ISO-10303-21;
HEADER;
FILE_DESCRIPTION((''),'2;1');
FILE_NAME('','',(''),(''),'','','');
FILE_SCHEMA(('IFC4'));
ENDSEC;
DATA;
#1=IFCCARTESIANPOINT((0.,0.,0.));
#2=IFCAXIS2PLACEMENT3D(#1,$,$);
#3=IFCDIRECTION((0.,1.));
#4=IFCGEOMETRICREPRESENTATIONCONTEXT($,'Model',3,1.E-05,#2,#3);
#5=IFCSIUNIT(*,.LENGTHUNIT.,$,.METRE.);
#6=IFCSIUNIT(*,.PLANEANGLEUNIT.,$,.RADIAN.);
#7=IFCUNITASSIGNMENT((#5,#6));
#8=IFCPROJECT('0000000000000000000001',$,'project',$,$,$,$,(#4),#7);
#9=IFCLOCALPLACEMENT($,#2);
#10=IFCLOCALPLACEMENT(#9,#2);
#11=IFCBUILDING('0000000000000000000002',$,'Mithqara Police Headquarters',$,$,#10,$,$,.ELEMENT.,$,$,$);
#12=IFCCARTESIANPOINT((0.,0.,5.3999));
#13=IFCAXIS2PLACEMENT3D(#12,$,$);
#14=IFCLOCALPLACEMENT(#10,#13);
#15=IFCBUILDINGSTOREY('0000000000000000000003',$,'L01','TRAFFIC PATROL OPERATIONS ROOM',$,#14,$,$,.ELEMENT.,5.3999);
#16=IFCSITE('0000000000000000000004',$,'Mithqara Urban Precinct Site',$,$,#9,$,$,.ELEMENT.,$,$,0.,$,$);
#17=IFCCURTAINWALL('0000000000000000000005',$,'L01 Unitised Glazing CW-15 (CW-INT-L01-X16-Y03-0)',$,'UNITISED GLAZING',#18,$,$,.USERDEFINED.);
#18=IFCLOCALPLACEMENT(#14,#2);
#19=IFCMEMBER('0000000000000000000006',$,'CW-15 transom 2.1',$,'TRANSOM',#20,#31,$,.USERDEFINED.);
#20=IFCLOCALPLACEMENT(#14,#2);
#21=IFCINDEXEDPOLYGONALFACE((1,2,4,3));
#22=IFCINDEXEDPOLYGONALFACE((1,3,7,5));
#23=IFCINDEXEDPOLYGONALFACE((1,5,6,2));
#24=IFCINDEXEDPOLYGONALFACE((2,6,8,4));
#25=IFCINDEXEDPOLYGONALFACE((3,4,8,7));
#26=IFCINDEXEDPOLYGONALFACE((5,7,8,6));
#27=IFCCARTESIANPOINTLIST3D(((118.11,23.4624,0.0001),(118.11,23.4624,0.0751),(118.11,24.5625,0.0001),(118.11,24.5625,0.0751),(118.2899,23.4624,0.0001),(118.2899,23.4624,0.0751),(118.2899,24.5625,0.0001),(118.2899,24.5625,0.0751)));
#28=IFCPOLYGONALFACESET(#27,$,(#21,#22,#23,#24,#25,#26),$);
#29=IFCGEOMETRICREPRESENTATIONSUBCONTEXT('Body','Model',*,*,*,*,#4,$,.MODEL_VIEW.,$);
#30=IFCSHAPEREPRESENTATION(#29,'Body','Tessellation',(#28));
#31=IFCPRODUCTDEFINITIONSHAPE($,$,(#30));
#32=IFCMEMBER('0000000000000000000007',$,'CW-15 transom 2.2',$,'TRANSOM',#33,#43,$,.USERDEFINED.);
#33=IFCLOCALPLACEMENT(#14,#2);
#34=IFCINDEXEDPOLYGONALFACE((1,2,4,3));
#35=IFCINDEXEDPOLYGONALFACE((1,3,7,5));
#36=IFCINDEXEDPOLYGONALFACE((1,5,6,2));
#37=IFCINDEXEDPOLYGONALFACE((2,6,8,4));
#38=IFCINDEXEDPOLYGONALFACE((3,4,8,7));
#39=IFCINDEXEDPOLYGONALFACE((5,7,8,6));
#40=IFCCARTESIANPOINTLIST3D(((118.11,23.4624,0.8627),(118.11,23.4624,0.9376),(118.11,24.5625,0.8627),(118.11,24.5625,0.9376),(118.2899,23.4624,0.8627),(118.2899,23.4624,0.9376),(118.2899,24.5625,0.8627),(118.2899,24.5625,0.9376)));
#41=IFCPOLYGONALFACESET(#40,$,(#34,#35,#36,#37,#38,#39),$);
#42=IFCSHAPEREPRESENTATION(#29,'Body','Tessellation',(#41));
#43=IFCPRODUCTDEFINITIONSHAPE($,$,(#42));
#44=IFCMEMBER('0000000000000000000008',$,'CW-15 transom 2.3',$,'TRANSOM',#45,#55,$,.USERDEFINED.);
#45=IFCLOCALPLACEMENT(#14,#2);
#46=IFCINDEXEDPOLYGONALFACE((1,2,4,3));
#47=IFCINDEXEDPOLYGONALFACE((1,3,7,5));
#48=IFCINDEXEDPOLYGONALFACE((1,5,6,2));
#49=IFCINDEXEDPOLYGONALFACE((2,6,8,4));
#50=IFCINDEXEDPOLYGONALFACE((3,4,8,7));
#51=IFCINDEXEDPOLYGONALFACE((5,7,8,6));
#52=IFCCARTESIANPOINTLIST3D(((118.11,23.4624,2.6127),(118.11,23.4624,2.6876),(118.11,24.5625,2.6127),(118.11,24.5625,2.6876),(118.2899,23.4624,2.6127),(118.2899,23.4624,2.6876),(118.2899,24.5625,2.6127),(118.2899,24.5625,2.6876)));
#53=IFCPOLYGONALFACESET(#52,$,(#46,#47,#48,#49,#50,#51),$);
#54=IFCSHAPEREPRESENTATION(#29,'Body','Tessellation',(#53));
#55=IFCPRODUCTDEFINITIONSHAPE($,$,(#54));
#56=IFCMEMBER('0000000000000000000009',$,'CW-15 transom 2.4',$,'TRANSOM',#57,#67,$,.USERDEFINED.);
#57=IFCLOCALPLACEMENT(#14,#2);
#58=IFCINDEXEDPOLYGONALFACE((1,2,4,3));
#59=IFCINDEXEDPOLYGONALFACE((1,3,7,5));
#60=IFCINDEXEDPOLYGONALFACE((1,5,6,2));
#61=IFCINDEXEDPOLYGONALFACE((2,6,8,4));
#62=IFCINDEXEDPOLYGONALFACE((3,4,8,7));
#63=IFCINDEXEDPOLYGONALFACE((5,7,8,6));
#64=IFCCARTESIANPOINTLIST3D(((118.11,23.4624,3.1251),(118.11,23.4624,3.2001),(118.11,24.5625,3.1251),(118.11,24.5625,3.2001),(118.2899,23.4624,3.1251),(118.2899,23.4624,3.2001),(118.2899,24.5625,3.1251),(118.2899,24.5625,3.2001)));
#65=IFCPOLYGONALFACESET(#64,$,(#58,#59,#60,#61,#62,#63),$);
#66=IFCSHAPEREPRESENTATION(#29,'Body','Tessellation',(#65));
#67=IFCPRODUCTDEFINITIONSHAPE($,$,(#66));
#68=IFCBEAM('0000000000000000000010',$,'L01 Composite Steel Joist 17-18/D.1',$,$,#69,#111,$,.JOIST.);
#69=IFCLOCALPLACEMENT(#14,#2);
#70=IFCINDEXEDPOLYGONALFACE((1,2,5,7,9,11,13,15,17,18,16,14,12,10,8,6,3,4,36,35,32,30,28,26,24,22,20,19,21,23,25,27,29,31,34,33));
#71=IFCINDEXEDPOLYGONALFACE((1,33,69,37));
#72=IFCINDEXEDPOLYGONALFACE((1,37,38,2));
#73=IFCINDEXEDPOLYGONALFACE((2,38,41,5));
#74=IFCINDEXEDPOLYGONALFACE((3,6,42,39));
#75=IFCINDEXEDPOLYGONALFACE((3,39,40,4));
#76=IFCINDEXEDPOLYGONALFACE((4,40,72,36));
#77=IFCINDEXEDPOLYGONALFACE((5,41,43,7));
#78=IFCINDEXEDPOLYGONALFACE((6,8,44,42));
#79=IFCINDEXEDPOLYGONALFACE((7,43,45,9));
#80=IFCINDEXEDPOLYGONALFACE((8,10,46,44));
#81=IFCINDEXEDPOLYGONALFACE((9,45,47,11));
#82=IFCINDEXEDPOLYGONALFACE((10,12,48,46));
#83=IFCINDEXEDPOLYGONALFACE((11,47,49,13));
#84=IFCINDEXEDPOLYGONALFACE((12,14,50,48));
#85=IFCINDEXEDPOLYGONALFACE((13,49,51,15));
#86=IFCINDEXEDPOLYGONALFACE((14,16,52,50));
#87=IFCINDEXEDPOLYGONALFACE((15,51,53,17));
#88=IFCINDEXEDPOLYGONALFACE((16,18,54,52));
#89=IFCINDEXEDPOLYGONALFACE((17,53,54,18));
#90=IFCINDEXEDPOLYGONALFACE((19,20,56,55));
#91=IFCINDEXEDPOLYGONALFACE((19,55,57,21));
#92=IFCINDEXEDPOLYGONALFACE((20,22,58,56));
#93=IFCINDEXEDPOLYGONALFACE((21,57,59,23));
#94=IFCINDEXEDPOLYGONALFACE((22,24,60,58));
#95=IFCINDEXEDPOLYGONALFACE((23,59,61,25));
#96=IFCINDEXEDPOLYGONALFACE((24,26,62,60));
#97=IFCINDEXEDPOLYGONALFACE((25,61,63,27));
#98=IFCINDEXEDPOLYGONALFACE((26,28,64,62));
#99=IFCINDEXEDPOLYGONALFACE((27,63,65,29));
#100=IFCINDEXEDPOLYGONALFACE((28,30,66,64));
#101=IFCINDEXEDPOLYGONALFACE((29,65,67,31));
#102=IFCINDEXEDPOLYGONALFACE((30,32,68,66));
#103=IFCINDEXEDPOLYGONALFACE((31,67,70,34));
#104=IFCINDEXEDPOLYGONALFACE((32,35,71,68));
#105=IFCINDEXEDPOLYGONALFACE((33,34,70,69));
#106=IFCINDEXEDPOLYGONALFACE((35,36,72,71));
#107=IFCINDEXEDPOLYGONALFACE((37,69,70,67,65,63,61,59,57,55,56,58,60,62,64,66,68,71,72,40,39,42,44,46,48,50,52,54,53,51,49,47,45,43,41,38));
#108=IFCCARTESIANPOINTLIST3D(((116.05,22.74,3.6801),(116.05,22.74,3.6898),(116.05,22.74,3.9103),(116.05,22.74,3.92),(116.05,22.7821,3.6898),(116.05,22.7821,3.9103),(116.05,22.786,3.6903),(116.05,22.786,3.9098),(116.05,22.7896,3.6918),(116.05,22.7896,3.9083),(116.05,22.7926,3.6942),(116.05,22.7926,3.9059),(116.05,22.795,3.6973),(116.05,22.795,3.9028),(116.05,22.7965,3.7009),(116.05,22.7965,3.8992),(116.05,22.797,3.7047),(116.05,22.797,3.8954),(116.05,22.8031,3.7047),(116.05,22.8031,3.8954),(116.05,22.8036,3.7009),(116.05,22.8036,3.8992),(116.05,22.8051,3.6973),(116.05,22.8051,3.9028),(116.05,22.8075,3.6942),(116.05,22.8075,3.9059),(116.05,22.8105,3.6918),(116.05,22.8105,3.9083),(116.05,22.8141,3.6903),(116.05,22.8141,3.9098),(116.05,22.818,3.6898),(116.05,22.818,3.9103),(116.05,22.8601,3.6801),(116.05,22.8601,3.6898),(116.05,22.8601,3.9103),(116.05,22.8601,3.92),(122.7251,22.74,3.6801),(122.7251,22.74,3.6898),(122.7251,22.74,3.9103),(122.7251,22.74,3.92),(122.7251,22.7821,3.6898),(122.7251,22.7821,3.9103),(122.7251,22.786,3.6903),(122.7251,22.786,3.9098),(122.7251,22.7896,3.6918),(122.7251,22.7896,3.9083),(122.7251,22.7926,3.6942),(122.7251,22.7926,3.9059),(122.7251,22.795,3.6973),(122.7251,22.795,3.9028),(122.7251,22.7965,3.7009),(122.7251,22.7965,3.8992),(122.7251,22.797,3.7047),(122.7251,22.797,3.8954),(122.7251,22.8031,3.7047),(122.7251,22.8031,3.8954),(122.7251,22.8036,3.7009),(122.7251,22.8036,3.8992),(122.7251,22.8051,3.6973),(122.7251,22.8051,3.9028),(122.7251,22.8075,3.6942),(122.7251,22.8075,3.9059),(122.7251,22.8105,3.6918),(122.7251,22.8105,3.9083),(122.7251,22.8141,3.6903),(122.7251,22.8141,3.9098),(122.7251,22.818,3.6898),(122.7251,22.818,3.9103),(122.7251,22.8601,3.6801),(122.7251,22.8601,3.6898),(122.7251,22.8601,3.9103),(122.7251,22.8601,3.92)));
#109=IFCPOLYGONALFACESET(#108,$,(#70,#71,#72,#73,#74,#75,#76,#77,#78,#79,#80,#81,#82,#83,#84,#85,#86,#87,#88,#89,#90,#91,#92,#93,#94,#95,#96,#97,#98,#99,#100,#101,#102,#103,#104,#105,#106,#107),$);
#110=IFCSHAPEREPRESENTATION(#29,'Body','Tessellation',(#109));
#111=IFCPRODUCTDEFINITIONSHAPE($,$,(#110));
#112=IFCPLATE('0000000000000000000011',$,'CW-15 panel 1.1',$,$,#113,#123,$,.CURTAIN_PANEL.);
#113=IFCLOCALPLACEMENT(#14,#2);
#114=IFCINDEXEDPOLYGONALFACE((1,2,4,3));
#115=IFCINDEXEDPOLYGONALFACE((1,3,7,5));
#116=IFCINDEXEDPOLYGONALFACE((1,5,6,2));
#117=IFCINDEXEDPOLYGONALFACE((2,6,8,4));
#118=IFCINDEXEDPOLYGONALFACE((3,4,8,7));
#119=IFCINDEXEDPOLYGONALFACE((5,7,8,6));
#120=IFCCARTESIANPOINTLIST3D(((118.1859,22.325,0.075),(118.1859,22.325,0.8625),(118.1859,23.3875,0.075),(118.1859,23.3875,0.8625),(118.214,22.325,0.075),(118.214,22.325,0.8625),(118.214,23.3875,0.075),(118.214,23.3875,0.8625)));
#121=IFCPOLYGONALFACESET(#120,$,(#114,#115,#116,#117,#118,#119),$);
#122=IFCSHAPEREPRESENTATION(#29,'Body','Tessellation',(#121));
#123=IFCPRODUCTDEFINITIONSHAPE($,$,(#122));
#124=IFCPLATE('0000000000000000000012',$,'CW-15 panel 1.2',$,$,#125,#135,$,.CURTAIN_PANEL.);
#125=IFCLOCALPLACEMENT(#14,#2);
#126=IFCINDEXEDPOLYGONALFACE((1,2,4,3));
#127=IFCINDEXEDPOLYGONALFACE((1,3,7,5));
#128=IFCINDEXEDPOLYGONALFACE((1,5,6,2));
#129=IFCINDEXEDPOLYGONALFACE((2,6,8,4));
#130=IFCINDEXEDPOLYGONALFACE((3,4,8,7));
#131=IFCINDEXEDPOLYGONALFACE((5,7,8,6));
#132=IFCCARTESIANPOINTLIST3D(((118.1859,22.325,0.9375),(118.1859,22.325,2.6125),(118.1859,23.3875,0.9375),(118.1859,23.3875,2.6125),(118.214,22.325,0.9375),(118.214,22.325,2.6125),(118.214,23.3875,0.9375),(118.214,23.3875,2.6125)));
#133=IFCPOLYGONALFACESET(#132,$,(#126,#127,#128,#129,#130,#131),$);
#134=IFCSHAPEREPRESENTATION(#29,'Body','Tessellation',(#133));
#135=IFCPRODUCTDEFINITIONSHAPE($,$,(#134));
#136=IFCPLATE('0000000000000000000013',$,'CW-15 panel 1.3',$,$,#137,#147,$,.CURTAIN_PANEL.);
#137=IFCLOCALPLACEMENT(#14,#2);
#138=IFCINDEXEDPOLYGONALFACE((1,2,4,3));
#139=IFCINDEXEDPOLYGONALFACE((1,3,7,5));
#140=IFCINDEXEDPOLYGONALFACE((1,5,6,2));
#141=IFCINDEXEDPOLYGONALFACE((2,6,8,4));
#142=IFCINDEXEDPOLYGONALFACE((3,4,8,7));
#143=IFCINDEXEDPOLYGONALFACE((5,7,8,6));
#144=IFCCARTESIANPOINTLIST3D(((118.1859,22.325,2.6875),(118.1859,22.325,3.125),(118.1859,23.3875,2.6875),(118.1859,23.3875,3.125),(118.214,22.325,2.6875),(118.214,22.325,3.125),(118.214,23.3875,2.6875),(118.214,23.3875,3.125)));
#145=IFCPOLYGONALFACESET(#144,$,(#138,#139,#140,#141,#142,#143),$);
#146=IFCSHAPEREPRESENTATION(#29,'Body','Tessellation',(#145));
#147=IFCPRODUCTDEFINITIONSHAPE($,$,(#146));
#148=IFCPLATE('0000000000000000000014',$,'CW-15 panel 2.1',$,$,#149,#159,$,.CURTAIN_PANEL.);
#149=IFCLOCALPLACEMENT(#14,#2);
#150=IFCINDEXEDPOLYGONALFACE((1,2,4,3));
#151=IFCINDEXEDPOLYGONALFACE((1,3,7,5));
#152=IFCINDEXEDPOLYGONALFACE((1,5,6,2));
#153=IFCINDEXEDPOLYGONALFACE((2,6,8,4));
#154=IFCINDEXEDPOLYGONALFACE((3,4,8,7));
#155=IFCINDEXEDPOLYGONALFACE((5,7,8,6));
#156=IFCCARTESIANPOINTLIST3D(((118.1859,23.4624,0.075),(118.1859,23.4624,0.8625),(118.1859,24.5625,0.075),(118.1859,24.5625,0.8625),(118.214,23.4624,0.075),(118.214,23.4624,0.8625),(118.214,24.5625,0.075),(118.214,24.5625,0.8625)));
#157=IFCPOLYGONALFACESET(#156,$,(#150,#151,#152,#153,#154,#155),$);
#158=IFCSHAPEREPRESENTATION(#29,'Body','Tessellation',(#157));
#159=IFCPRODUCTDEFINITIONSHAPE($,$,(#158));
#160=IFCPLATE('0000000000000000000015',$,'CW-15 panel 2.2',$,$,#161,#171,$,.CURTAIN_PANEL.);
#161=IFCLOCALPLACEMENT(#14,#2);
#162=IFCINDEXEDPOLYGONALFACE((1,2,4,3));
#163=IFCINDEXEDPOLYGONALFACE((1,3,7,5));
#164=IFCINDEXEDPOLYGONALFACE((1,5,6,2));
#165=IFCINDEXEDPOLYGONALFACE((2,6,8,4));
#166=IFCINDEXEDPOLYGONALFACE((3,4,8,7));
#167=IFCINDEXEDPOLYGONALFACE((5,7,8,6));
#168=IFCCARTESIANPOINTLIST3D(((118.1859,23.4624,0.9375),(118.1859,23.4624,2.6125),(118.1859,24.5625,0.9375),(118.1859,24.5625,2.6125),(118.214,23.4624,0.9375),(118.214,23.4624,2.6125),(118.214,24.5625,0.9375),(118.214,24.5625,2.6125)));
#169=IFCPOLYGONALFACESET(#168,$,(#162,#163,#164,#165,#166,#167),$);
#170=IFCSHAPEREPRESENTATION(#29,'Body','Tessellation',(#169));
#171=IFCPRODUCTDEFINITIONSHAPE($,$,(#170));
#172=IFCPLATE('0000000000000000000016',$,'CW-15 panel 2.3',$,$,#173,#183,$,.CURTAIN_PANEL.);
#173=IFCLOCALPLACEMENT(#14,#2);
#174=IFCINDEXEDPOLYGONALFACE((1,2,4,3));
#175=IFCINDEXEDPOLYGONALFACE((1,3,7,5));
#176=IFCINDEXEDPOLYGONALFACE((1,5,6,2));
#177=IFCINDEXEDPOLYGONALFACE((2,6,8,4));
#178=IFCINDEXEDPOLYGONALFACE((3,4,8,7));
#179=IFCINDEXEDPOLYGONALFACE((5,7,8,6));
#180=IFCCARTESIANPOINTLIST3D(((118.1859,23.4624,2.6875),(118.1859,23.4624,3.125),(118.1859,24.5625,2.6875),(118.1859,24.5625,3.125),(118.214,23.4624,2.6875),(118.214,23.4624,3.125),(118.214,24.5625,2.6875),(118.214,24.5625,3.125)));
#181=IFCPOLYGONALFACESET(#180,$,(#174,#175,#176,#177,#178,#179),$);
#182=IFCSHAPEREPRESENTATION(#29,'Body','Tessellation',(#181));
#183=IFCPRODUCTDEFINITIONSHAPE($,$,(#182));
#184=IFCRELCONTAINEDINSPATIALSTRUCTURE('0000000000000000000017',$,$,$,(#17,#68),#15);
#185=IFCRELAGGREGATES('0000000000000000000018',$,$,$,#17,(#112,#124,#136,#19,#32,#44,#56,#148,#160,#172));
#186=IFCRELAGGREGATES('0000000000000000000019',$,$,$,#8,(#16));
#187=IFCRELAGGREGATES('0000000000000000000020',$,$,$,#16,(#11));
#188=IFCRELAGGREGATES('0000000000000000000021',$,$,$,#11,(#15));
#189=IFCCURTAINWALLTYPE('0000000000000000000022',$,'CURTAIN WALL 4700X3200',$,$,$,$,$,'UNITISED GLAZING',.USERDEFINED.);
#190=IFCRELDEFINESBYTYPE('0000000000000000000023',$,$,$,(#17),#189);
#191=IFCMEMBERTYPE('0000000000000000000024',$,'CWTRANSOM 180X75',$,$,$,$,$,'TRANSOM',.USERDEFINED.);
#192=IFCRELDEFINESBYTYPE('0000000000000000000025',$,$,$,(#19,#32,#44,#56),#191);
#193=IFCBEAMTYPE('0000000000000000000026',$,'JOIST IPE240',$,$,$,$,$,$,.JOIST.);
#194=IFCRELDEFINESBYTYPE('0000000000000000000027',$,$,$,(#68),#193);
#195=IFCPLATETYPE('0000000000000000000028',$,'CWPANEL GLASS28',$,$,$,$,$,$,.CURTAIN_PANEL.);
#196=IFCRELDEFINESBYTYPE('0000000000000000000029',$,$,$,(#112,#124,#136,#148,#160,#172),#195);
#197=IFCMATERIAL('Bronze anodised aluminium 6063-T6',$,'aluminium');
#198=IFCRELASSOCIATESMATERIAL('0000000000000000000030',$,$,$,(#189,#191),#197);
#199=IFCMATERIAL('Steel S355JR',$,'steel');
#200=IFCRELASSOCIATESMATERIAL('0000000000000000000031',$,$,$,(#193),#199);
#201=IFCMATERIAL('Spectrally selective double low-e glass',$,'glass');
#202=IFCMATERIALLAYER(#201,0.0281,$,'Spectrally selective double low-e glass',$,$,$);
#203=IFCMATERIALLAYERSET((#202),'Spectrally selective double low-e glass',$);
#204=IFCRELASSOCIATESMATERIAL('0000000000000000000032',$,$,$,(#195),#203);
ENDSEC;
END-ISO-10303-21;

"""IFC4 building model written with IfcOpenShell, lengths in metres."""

from ifc_helpers import new_model, si_unit, direction, frame, origin, origin_2d, place, context, subcontext, project, spatial, rectangle, i_section, extrude, material, layer, layer_set, material_profile, profile_set, type_object, element, aggregate, save


model = new_model("IFC4")

# Units and contexts
model_context = context("Model", 3, precision=1e-05, world=origin(), true_north=direction((0.0, 1.0)))
body_context = subcontext(model_context, "Body", "Model", "MODEL_VIEW")
ifc_project = project(units=[si_unit("LENGTHUNIT", "METRE"), si_unit("PLANEANGLEUNIT", "RADIAN")], contexts=[model_context])

# Site, building, storey
site_placement = place(None, origin())
site = spatial("IfcSite", under=ifc_project, at=site_placement, Name="Mithqara Urban Precinct Site", CompositionType="ELEMENT", RefElevation=0.0)
building_placement = place(site_placement, origin())
building = spatial("IfcBuilding", under=site, at=building_placement, Name="Mithqara Police Headquarters", CompositionType="ELEMENT")
storey_placement = place(building_placement, frame((0.0, 0.0, 5.3999)))
storey = spatial("IfcBuildingStorey", under=building, at=storey_placement, Name="L01", Description="TRAFFIC PATROL OPERATIONS ROOM", CompositionType="ELEMENT", Elevation=5.3999)

# Shared definitions
ifc_material_1 = material(Name="Steel S355JR", Category="steel")

# Shared definitions
ifc_material_2 = material(Name="Bronze anodised aluminium 6063-T6", Category="aluminium")
curtain_wall_type = type_object("IfcCurtainWallType", Name="CURTAIN WALL 4700X3200", ElementType="UNITISED GLAZING", PredefinedType="USERDEFINED", material=ifc_material_2)

# Curtain wall, members
curtain_wall_1_placement = place(storey_placement, origin())
curtain_wall_1 = element("IfcCurtainWall", 1, at=curtain_wall_1_placement, inside=storey, type_object=curtain_wall_type, Name="L01 Unitised Glazing CW-15 (CW-INT-L01-X16-Y03-0)", ObjectType="UNITISED GLAZING", PredefinedType="USERDEFINED")
ifc_material_profile_1 = material_profile(ifc_material_2, rectangle(XDim=0.1799, YDim=0.075, at=origin_2d()), Name="CWT 180x75")
ifc_profile_set_1 = profile_set([ifc_material_profile_1], Name="Bronze anodised aluminium 6063-T6")
member_type_1 = type_object("IfcMemberType", Name="CWTRANSOM 180X75", ElementType="TRANSOM", PredefinedType="USERDEFINED", material=ifc_profile_set_1)
member_1_placement = place(storey_placement, frame((118.2, 23.4624, 0.0376), z_axis=(0.0, 1.0, 0.0), x_axis=(-1.0, 0.0, 0.0)))
member_1 = element("IfcMember", 2, at=member_1_placement, type_object=member_type_1, Name="CW-15 transom 2.1", ObjectType="TRANSOM", PredefinedType="USERDEFINED", context=body_context, shape_type="SweptSolid", body=[
    extrude(rectangle(XDim=0.1799, YDim=0.075, at=origin_2d()), origin(), (0.0, 0.0, 1.0), 1.1001),
])
member_2_placement = place(storey_placement, frame((118.2, 23.4624, 0.9001), z_axis=(0.0, 1.0, 0.0), x_axis=(-1.0, 0.0, 0.0)))
member_2 = element("IfcMember", 3, at=member_2_placement, type_object=member_type_1, Name="CW-15 transom 2.2", ObjectType="TRANSOM", PredefinedType="USERDEFINED", context=body_context, shape_type="SweptSolid", body=[
    extrude(rectangle(XDim=0.1799, YDim=0.075, at=origin_2d()), origin(), (0.0, 0.0, 1.0), 1.1001),
])
member_3_placement = place(storey_placement, frame((118.2, 23.4624, 2.6501), z_axis=(0.0, 1.0, 0.0), x_axis=(-1.0, 0.0, 0.0)))
member_3 = element("IfcMember", 4, at=member_3_placement, type_object=member_type_1, Name="CW-15 transom 2.3", ObjectType="TRANSOM", PredefinedType="USERDEFINED", context=body_context, shape_type="SweptSolid", body=[
    extrude(rectangle(XDim=0.1799, YDim=0.075, at=origin_2d()), origin(), (0.0, 0.0, 1.0), 1.1001),
])
member_4_placement = place(storey_placement, frame((118.2, 23.4624, 3.1626), z_axis=(0.0, 1.0, 0.0), x_axis=(-1.0, 0.0, 0.0)))
member_4 = element("IfcMember", 5, at=member_4_placement, type_object=member_type_1, Name="CW-15 transom 2.4", ObjectType="TRANSOM", PredefinedType="USERDEFINED", context=body_context, shape_type="SweptSolid", body=[
    extrude(rectangle(XDim=0.1799, YDim=0.075, at=origin_2d()), origin(), (0.0, 0.0, 1.0), 1.1001),
])

# Beam
ifc_material_profile_2 = material_profile(ifc_material_1, i_section(OverallWidth=0.1201, OverallDepth=0.24, WebThickness=0.0061, FlangeThickness=0.0098, FilletRadius=0.0149, at=origin_2d()), Name="IPE 240")
ifc_profile_set_2 = profile_set([ifc_material_profile_2], Name="Steel S355JR")
beam_type_1 = type_object("IfcBeamType", Name="JOIST IPE240", PredefinedType="JOIST", material=ifc_profile_set_2)
beam_1_placement = place(storey_placement, frame((116.05, 22.8, 3.8), z_axis=(1.0, 0.0, 0.0), x_axis=(0.0, 1.0, 0.0)))
element("IfcBeam", 6, at=beam_1_placement, inside=storey, type_object=beam_type_1, Name="L01 Composite Steel Joist 17-18/D.1", PredefinedType="JOIST", context=body_context, shape_type="SweptSolid", body=[
    extrude(i_section(OverallWidth=0.1201, OverallDepth=0.24, WebThickness=0.0061, FlangeThickness=0.0098, FilletRadius=0.0149, at=origin_2d()), origin(), (0.0, 0.0, 1.0), 6.675),
])

# Plates
ifc_material_3 = material(Name="Spectrally selective double low-e glass", Category="glass")
ifc_layer = layer(ifc_material_3, 0.0281, Name="Spectrally selective double low-e glass")
ifc_layer_set = layer_set([ifc_layer], Name="Spectrally selective double low-e glass")
plate_type = type_object("IfcPlateType", Name="CWPANEL GLASS28", PredefinedType="CURTAIN_PANEL", material=ifc_layer_set)
plate_1_placement = place(storey_placement, frame((118.2, 22.8562, 0.075), z_axis=(0.0, 0.0, 1.0), x_axis=(0.0, 1.0, 0.0)))
plate_1 = element("IfcPlate", 7, at=plate_1_placement, type_object=plate_type, Name="CW-15 panel 1.1", PredefinedType="CURTAIN_PANEL", context=body_context, shape_type="SweptSolid", body=[
    extrude(rectangle(XDim=1.0625, YDim=0.0281, at=origin_2d()), origin(), (0.0, 0.0, 1.0), 0.7876),
])
plate_2_placement = place(storey_placement, frame((118.2, 22.8562, 0.9375), z_axis=(0.0, 0.0, 1.0), x_axis=(0.0, 1.0, 0.0)))
plate_2 = element("IfcPlate", 8, at=plate_2_placement, type_object=plate_type, Name="CW-15 panel 1.2", PredefinedType="CURTAIN_PANEL", context=body_context, shape_type="SweptSolid", body=[
    extrude(rectangle(XDim=1.0625, YDim=0.0281, at=origin_2d()), origin(), (0.0, 0.0, 1.0), 1.675),
])
plate_3_placement = place(storey_placement, frame((118.2, 22.8562, 2.6875), z_axis=(0.0, 0.0, 1.0), x_axis=(0.0, 1.0, 0.0)))
plate_3 = element("IfcPlate", 9, at=plate_3_placement, type_object=plate_type, Name="CW-15 panel 1.3", PredefinedType="CURTAIN_PANEL", context=body_context, shape_type="SweptSolid", body=[
    extrude(rectangle(XDim=1.0625, YDim=0.0281, at=origin_2d()), origin(), (0.0, 0.0, 1.0), 0.4375),
])
plate_4_placement = place(storey_placement, frame((118.2, 24.0125, 0.075), z_axis=(0.0, 0.0, 1.0), x_axis=(0.0, 1.0, 0.0)))
plate_4 = element("IfcPlate", 10, at=plate_4_placement, type_object=plate_type, Name="CW-15 panel 2.1", PredefinedType="CURTAIN_PANEL", context=body_context, shape_type="SweptSolid", body=[
    extrude(rectangle(XDim=1.1001, YDim=0.0281, at=origin_2d()), origin(), (0.0, 0.0, 1.0), 0.7876),
])
plate_5_placement = place(storey_placement, frame((118.2, 24.0125, 0.9375), z_axis=(0.0, 0.0, 1.0), x_axis=(0.0, 1.0, 0.0)))
plate_5 = element("IfcPlate", 11, at=plate_5_placement, type_object=plate_type, Name="CW-15 panel 2.2", PredefinedType="CURTAIN_PANEL", context=body_context, shape_type="SweptSolid", body=[
    extrude(rectangle(XDim=1.1001, YDim=0.0281, at=origin_2d()), origin(), (0.0, 0.0, 1.0), 1.675),
])
plate_6_placement = place(storey_placement, frame((118.2, 24.0125, 2.6875), z_axis=(0.0, 0.0, 1.0), x_axis=(0.0, 1.0, 0.0)))
plate_6 = element("IfcPlate", 12, at=plate_6_placement, type_object=plate_type, Name="CW-15 panel 2.3", PredefinedType="CURTAIN_PANEL", context=body_context, shape_type="SweptSolid", body=[
    extrude(rectangle(XDim=1.1001, YDim=0.0281, at=origin_2d()), origin(), (0.0, 0.0, 1.0), 0.4375),
])
aggregate(curtain_wall_1, [plate_1, plate_2, plate_3, member_1, member_2, member_3, member_4, plate_4, plate_5, plate_6])

save(model, "model.ifc")
